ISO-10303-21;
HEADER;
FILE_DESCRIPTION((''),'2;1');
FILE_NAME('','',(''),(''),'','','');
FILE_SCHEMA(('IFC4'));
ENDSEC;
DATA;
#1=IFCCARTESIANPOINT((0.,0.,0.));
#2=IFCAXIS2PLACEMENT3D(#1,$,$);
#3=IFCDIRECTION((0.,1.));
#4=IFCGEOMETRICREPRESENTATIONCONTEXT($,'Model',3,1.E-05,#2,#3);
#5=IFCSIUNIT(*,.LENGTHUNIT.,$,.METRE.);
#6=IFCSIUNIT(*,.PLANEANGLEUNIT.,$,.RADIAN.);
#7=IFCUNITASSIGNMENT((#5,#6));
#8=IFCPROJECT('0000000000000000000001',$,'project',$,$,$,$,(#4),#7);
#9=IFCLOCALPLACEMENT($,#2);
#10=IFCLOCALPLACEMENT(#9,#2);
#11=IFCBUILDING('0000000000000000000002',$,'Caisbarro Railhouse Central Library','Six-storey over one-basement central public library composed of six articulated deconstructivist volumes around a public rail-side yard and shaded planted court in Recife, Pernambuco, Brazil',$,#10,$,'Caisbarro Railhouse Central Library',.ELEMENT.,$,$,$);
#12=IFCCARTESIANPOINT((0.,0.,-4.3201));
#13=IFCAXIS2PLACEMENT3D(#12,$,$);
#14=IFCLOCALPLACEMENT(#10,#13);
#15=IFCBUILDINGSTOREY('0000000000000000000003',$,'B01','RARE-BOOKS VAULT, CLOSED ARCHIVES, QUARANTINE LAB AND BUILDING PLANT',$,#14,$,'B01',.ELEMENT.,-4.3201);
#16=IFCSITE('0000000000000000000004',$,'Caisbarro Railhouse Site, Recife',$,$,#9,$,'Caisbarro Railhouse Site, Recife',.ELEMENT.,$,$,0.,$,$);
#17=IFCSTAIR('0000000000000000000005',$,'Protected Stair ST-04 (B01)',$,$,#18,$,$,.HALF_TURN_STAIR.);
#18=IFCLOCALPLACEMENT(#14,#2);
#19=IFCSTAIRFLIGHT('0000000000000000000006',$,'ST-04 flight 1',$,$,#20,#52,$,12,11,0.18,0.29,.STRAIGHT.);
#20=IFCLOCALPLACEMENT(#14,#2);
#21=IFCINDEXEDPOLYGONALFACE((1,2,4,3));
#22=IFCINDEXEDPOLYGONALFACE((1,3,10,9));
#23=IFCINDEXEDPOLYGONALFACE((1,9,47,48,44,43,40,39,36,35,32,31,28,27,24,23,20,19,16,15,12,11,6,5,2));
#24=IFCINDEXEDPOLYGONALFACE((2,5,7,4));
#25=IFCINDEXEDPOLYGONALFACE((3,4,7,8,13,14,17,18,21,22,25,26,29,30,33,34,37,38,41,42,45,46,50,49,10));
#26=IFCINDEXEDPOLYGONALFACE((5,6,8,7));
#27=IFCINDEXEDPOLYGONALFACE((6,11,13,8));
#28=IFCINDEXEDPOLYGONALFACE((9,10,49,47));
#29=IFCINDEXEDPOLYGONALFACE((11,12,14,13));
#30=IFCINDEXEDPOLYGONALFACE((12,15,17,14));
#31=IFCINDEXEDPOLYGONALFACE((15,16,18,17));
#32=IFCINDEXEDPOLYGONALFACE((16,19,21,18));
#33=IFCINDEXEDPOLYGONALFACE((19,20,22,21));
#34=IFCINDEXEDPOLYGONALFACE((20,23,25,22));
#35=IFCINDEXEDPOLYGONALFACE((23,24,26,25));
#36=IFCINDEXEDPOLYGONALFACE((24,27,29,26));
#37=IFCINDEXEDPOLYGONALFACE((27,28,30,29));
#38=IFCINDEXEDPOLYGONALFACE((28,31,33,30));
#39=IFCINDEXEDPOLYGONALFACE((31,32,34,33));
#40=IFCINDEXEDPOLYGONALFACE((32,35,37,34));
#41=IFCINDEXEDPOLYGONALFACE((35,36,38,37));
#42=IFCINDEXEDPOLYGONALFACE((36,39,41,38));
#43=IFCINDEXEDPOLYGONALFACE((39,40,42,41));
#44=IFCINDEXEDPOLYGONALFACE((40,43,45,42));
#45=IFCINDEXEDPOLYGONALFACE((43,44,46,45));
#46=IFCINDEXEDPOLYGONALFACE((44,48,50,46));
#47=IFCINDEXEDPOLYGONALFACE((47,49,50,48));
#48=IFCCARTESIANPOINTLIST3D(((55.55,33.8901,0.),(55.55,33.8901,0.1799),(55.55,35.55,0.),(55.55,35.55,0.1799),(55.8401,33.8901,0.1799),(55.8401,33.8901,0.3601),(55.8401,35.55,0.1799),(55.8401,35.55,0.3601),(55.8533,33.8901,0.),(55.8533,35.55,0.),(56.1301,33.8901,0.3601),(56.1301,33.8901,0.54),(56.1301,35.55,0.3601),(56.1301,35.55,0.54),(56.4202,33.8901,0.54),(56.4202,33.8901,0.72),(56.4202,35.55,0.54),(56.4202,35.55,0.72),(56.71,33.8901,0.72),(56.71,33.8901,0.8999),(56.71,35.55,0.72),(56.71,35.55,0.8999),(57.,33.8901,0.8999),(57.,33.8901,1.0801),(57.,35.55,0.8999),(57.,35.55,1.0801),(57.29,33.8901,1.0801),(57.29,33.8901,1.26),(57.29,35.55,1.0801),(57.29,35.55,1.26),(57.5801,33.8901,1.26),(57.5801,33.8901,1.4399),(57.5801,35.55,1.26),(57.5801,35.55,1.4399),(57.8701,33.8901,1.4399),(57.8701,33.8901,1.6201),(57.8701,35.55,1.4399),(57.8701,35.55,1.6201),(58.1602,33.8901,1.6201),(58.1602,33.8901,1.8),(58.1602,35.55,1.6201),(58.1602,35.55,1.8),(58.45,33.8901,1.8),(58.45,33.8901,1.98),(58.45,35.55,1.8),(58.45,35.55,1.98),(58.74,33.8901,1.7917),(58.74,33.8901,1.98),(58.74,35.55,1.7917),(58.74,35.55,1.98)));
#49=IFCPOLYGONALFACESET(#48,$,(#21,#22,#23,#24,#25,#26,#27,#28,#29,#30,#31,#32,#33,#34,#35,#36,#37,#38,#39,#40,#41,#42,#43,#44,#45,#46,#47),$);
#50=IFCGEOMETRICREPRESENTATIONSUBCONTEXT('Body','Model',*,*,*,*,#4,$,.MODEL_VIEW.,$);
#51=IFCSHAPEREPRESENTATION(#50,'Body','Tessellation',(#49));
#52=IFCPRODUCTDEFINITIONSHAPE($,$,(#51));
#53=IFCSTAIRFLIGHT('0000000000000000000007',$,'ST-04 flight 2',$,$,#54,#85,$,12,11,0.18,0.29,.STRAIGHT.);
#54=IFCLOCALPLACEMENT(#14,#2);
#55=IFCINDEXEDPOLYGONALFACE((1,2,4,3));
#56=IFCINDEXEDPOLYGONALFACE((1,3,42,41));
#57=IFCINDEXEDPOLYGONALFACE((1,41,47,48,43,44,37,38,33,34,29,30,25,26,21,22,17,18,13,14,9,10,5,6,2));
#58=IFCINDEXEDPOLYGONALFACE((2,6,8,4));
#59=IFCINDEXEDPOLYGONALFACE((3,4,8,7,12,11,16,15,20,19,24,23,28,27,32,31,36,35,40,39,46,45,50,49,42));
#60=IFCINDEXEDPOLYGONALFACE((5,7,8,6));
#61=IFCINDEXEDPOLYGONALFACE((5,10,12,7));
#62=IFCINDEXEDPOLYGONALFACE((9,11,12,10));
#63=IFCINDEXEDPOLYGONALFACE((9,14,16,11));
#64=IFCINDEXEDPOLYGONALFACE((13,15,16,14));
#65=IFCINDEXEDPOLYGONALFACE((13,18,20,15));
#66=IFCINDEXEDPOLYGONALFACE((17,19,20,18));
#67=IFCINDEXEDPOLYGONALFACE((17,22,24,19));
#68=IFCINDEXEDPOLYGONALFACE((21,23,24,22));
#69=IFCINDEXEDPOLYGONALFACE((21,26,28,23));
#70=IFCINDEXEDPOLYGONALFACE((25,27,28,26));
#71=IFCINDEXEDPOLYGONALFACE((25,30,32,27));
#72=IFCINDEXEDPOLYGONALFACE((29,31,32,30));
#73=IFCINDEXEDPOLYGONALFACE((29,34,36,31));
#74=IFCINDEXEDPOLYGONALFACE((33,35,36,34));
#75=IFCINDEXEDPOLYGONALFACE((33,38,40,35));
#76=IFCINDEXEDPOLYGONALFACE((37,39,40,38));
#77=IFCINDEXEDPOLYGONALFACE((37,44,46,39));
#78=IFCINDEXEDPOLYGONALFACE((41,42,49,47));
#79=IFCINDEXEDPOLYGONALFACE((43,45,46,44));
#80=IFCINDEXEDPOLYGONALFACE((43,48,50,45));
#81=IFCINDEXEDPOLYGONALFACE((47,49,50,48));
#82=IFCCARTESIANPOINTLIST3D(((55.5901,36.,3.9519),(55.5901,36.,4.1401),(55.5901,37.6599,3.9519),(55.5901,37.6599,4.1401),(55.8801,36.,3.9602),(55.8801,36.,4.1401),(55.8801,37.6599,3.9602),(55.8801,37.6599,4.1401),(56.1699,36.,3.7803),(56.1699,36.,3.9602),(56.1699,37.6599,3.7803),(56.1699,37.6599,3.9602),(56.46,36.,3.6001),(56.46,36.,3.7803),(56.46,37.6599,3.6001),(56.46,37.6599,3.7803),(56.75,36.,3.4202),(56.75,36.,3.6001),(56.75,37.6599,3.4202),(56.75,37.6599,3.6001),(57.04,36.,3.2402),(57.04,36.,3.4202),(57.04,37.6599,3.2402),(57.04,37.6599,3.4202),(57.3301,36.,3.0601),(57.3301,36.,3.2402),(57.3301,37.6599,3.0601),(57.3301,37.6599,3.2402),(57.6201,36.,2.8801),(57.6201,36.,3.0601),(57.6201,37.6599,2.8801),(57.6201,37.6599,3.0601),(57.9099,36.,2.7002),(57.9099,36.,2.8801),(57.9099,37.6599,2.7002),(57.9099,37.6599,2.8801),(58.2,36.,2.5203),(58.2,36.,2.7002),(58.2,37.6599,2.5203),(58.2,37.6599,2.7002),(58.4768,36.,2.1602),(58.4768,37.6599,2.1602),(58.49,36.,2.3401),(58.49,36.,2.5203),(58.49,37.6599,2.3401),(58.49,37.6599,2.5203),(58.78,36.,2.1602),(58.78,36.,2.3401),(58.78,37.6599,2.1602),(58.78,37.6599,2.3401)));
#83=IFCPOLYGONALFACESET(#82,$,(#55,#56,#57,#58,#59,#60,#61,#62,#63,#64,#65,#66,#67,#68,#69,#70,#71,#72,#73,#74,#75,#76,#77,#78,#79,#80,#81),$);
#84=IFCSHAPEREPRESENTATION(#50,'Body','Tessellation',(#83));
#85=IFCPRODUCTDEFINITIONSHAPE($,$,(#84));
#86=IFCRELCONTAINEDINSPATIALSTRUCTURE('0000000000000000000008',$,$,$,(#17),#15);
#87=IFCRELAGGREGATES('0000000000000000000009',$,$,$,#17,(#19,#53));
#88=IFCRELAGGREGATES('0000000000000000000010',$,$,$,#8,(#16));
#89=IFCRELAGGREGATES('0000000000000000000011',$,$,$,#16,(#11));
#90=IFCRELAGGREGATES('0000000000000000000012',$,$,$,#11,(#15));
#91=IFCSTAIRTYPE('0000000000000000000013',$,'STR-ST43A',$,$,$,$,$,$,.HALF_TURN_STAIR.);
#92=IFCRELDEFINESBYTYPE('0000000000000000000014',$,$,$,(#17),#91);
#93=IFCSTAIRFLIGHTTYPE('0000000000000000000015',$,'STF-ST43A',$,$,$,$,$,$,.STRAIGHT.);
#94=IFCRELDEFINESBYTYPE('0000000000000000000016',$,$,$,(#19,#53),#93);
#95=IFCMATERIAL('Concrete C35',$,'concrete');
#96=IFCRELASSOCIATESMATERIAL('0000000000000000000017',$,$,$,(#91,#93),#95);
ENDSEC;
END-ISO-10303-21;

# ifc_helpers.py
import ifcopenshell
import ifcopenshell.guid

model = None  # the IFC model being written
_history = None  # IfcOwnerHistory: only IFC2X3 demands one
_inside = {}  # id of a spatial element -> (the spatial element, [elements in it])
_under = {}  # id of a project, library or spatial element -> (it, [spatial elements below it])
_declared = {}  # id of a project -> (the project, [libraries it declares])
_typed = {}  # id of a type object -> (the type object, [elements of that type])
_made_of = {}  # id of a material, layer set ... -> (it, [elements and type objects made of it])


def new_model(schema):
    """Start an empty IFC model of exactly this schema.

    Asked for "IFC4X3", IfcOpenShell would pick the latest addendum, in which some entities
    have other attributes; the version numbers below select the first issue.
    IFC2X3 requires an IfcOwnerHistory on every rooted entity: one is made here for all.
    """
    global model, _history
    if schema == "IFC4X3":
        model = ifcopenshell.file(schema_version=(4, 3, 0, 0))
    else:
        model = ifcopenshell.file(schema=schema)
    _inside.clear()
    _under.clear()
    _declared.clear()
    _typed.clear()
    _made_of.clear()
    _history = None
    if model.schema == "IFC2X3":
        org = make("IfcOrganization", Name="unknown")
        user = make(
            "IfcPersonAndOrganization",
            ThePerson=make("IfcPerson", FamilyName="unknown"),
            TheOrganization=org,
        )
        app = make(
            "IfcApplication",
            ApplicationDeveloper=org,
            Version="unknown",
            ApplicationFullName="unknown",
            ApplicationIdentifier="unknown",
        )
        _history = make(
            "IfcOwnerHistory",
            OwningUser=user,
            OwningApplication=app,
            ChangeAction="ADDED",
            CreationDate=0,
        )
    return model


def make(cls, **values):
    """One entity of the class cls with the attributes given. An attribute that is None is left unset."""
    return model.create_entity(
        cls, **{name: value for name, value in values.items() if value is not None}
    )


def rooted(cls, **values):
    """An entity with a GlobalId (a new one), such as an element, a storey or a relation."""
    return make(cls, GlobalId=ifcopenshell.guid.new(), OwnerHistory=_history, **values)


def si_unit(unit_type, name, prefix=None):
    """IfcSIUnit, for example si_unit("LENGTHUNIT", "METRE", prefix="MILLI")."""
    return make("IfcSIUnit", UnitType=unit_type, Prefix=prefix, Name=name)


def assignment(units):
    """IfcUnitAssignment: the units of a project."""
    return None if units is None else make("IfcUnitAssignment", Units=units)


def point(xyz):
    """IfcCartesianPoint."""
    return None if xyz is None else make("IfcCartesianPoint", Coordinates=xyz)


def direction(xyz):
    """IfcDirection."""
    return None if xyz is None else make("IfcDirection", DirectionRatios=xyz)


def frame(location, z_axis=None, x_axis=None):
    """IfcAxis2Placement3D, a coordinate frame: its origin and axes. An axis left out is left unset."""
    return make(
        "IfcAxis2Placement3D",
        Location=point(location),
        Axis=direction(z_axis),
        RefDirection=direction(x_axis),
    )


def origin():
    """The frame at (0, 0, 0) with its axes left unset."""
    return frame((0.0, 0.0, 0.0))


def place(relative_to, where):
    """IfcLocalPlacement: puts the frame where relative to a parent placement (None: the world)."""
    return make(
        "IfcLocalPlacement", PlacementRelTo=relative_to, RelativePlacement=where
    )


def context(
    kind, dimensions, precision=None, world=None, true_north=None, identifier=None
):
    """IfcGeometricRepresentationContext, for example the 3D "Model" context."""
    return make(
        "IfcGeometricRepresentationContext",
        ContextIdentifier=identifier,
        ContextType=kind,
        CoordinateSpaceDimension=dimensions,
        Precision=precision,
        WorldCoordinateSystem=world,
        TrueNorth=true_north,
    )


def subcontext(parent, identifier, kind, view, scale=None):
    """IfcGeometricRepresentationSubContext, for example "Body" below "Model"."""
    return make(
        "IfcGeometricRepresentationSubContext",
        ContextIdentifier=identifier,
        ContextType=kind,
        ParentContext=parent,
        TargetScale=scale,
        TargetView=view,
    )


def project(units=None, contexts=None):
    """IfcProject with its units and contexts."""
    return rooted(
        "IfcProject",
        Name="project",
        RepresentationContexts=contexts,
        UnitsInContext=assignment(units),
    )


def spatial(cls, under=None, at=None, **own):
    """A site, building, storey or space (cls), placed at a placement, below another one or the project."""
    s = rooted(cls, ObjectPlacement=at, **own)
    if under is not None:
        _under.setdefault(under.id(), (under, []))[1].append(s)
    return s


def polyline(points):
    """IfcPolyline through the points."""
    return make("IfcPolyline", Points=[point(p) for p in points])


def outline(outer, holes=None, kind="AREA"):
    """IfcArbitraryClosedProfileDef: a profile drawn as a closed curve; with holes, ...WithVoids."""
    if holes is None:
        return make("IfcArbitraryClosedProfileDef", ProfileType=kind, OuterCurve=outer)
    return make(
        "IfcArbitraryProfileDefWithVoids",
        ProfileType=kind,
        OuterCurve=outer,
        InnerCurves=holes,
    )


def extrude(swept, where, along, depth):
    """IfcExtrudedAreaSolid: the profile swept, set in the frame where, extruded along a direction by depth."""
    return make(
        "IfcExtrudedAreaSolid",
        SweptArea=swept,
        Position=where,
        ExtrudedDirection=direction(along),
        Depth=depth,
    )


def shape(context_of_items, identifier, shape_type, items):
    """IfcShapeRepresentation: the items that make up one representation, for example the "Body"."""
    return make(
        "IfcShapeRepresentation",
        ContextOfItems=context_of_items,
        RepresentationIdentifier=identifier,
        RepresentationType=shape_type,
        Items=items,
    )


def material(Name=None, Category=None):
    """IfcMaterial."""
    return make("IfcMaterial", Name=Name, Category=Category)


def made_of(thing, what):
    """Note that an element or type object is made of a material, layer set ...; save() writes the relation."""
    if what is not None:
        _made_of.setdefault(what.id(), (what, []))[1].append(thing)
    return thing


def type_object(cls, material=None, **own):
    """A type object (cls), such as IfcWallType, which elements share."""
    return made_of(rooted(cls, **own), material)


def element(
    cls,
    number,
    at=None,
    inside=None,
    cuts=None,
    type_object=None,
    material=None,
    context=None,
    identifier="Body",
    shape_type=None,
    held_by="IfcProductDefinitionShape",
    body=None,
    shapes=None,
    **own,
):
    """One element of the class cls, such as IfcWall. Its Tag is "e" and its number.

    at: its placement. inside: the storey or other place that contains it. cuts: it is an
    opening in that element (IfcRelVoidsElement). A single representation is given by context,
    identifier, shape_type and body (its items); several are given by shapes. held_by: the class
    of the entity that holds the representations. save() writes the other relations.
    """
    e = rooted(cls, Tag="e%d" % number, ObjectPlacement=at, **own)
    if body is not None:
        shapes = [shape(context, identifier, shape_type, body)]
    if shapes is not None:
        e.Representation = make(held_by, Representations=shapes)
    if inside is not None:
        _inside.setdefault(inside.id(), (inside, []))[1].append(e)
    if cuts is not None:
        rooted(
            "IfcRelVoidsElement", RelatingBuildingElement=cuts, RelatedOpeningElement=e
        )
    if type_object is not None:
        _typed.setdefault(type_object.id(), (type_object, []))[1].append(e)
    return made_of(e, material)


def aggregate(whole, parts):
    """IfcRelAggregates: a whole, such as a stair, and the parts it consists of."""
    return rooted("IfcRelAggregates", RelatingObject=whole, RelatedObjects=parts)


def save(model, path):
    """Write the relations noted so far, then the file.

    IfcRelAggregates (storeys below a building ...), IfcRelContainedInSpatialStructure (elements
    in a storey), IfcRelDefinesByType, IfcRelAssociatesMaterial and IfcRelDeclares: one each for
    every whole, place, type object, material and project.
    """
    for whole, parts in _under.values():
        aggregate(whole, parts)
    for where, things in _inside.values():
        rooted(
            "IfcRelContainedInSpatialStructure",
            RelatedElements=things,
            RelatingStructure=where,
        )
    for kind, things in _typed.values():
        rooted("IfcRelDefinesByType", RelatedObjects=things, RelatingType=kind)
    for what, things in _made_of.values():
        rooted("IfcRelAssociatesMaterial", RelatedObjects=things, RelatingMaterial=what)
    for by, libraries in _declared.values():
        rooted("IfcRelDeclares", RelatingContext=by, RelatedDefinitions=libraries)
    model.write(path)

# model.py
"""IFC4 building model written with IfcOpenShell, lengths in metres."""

from ifc_helpers import new_model, si_unit, direction, frame, origin, place, context, subcontext, project, spatial, polyline, outline, extrude, material, type_object, element, aggregate, save


model = new_model("IFC4")

# Units and contexts
model_context = context("Model", 3, precision=1e-05, world=origin(), true_north=direction((0.0, 1.0)))
body_context = subcontext(model_context, "Body", "Model", "MODEL_VIEW")
ifc_project = project(units=[si_unit("LENGTHUNIT", "METRE"), si_unit("PLANEANGLEUNIT", "RADIAN")], contexts=[model_context])

# Site, building, storey
site_placement = place(None, origin())
site = spatial("IfcSite", under=ifc_project, at=site_placement, Name="Caisbarro Railhouse Site, Recife", LongName="Caisbarro Railhouse Site, Recife", CompositionType="ELEMENT", RefElevation=0.0)
building_placement = place(site_placement, origin())
building = spatial("IfcBuilding", under=site, at=building_placement, Name="Caisbarro Railhouse Central Library", Description="Six-storey over one-basement central public library composed of six articulated deconstructivist volumes around a public rail-side yard and shaded planted court in Recife, Pernambuco, Brazil", LongName="Caisbarro Railhouse Central Library", CompositionType="ELEMENT")
storey_placement = place(building_placement, frame((0.0, 0.0, -4.3201)))
storey = spatial("IfcBuildingStorey", under=building, at=storey_placement, Name="B01", Description="RARE-BOOKS VAULT, CLOSED ARCHIVES, QUARANTINE LAB AND BUILDING PLANT", LongName="B01", CompositionType="ELEMENT", Elevation=-4.3201)

# Shared definitions
ifc_material_1 = material(Name="Concrete C35", Category="concrete")

# Stair, stair flights
stair_type = type_object("IfcStairType", Name="STR-ST43A", PredefinedType="HALF_TURN_STAIR", material=ifc_material_1)
stair_placement = place(storey_placement, origin())
stair = element("IfcStair", 1, at=stair_placement, inside=storey, type_object=stair_type, Name="Protected Stair ST-04 (B01)", PredefinedType="HALF_TURN_STAIR")
stair_flight_type = type_object("IfcStairFlightType", Name="STF-ST43A", PredefinedType="STRAIGHT", material=ifc_material_1)
stair_flight_1_placement = place(storey_placement, frame((55.55, 34.72, 0.0), z_axis=(0.0, 0.0, 1.0), x_axis=(1.0, 0.0, 0.0)))
stair_flight_1 = element("IfcStairFlight", 2, at=stair_flight_1_placement, type_object=stair_flight_type, Name="ST-04 flight 1", NumberOfRisers=12, NumberOfTreads=11, PredefinedType="STRAIGHT", RiserHeight=0.18, TreadLength=0.29, context=body_context, shape_type="SweptSolid", body=[
    extrude(outline(polyline([(0.0, 0.0), (0.0, 0.1799), (0.29, 0.1799), (0.29, 0.3601), (0.5801, 0.3601), (0.5801, 0.54), (0.8701, 0.54), (0.8701, 0.72), (1.1599, 0.72), (1.1599, 0.8999), (1.45, 0.8999), (1.45, 1.0801), (1.74, 1.0801), (1.74, 1.26), (2.03, 1.26), (2.03, 1.4399), (2.3201, 1.4399), (2.3201, 1.6201), (2.6101, 1.6201), (2.6101, 1.8), (2.8999, 1.8), (2.8999, 1.98), (3.1899, 1.98), (3.1899, 2.1599), (3.1899, 1.7917), (0.3032, 0.0), (0.0, 0.0)])), frame((0.0, 0.8301, 0.0), z_axis=(0.0, -1.0, 0.0), x_axis=(1.0, 0.0, 0.0)), (0.0, 0.0, 1.0), 1.6599),
])
stair_flight_2_placement = place(storey_placement, frame((58.78, 36.8301, 2.1602), z_axis=(0.0, 0.0, 1.0), x_axis=(-1.0, 0.0, 0.0)))
stair_flight_2 = element("IfcStairFlight", 3, at=stair_flight_2_placement, type_object=stair_flight_type, Name="ST-04 flight 2", NumberOfRisers=12, NumberOfTreads=11, PredefinedType="STRAIGHT", RiserHeight=0.18, TreadLength=0.29, context=body_context, shape_type="SweptSolid", body=[
    extrude(outline(polyline([(0.0, 0.0), (0.0, 0.1799), (0.29, 0.1799), (0.29, 0.3601), (0.5801, 0.3601), (0.5801, 0.54), (0.8701, 0.54), (0.8701, 0.72), (1.1599, 0.72), (1.1599, 0.8999), (1.45, 0.8999), (1.45, 1.0801), (1.74, 1.0801), (1.74, 1.26), (2.03, 1.26), (2.03, 1.4399), (2.3201, 1.4399), (2.3201, 1.6201), (2.6101, 1.6201), (2.6101, 1.8), (2.8999, 1.8), (2.8999, 1.98), (3.1899, 1.98), (3.1899, 2.1599), (3.1899, 1.7917), (0.3032, 0.0), (0.0, 0.0)])), frame((0.0, 0.8301, 0.0), z_axis=(0.0, -1.0, 0.0), x_axis=(1.0, 0.0, 0.0)), (0.0, 0.0, 1.0), 1.6599),
])
aggregate(stair, [stair_flight_1, stair_flight_2])

save(model, "model.ifc")
